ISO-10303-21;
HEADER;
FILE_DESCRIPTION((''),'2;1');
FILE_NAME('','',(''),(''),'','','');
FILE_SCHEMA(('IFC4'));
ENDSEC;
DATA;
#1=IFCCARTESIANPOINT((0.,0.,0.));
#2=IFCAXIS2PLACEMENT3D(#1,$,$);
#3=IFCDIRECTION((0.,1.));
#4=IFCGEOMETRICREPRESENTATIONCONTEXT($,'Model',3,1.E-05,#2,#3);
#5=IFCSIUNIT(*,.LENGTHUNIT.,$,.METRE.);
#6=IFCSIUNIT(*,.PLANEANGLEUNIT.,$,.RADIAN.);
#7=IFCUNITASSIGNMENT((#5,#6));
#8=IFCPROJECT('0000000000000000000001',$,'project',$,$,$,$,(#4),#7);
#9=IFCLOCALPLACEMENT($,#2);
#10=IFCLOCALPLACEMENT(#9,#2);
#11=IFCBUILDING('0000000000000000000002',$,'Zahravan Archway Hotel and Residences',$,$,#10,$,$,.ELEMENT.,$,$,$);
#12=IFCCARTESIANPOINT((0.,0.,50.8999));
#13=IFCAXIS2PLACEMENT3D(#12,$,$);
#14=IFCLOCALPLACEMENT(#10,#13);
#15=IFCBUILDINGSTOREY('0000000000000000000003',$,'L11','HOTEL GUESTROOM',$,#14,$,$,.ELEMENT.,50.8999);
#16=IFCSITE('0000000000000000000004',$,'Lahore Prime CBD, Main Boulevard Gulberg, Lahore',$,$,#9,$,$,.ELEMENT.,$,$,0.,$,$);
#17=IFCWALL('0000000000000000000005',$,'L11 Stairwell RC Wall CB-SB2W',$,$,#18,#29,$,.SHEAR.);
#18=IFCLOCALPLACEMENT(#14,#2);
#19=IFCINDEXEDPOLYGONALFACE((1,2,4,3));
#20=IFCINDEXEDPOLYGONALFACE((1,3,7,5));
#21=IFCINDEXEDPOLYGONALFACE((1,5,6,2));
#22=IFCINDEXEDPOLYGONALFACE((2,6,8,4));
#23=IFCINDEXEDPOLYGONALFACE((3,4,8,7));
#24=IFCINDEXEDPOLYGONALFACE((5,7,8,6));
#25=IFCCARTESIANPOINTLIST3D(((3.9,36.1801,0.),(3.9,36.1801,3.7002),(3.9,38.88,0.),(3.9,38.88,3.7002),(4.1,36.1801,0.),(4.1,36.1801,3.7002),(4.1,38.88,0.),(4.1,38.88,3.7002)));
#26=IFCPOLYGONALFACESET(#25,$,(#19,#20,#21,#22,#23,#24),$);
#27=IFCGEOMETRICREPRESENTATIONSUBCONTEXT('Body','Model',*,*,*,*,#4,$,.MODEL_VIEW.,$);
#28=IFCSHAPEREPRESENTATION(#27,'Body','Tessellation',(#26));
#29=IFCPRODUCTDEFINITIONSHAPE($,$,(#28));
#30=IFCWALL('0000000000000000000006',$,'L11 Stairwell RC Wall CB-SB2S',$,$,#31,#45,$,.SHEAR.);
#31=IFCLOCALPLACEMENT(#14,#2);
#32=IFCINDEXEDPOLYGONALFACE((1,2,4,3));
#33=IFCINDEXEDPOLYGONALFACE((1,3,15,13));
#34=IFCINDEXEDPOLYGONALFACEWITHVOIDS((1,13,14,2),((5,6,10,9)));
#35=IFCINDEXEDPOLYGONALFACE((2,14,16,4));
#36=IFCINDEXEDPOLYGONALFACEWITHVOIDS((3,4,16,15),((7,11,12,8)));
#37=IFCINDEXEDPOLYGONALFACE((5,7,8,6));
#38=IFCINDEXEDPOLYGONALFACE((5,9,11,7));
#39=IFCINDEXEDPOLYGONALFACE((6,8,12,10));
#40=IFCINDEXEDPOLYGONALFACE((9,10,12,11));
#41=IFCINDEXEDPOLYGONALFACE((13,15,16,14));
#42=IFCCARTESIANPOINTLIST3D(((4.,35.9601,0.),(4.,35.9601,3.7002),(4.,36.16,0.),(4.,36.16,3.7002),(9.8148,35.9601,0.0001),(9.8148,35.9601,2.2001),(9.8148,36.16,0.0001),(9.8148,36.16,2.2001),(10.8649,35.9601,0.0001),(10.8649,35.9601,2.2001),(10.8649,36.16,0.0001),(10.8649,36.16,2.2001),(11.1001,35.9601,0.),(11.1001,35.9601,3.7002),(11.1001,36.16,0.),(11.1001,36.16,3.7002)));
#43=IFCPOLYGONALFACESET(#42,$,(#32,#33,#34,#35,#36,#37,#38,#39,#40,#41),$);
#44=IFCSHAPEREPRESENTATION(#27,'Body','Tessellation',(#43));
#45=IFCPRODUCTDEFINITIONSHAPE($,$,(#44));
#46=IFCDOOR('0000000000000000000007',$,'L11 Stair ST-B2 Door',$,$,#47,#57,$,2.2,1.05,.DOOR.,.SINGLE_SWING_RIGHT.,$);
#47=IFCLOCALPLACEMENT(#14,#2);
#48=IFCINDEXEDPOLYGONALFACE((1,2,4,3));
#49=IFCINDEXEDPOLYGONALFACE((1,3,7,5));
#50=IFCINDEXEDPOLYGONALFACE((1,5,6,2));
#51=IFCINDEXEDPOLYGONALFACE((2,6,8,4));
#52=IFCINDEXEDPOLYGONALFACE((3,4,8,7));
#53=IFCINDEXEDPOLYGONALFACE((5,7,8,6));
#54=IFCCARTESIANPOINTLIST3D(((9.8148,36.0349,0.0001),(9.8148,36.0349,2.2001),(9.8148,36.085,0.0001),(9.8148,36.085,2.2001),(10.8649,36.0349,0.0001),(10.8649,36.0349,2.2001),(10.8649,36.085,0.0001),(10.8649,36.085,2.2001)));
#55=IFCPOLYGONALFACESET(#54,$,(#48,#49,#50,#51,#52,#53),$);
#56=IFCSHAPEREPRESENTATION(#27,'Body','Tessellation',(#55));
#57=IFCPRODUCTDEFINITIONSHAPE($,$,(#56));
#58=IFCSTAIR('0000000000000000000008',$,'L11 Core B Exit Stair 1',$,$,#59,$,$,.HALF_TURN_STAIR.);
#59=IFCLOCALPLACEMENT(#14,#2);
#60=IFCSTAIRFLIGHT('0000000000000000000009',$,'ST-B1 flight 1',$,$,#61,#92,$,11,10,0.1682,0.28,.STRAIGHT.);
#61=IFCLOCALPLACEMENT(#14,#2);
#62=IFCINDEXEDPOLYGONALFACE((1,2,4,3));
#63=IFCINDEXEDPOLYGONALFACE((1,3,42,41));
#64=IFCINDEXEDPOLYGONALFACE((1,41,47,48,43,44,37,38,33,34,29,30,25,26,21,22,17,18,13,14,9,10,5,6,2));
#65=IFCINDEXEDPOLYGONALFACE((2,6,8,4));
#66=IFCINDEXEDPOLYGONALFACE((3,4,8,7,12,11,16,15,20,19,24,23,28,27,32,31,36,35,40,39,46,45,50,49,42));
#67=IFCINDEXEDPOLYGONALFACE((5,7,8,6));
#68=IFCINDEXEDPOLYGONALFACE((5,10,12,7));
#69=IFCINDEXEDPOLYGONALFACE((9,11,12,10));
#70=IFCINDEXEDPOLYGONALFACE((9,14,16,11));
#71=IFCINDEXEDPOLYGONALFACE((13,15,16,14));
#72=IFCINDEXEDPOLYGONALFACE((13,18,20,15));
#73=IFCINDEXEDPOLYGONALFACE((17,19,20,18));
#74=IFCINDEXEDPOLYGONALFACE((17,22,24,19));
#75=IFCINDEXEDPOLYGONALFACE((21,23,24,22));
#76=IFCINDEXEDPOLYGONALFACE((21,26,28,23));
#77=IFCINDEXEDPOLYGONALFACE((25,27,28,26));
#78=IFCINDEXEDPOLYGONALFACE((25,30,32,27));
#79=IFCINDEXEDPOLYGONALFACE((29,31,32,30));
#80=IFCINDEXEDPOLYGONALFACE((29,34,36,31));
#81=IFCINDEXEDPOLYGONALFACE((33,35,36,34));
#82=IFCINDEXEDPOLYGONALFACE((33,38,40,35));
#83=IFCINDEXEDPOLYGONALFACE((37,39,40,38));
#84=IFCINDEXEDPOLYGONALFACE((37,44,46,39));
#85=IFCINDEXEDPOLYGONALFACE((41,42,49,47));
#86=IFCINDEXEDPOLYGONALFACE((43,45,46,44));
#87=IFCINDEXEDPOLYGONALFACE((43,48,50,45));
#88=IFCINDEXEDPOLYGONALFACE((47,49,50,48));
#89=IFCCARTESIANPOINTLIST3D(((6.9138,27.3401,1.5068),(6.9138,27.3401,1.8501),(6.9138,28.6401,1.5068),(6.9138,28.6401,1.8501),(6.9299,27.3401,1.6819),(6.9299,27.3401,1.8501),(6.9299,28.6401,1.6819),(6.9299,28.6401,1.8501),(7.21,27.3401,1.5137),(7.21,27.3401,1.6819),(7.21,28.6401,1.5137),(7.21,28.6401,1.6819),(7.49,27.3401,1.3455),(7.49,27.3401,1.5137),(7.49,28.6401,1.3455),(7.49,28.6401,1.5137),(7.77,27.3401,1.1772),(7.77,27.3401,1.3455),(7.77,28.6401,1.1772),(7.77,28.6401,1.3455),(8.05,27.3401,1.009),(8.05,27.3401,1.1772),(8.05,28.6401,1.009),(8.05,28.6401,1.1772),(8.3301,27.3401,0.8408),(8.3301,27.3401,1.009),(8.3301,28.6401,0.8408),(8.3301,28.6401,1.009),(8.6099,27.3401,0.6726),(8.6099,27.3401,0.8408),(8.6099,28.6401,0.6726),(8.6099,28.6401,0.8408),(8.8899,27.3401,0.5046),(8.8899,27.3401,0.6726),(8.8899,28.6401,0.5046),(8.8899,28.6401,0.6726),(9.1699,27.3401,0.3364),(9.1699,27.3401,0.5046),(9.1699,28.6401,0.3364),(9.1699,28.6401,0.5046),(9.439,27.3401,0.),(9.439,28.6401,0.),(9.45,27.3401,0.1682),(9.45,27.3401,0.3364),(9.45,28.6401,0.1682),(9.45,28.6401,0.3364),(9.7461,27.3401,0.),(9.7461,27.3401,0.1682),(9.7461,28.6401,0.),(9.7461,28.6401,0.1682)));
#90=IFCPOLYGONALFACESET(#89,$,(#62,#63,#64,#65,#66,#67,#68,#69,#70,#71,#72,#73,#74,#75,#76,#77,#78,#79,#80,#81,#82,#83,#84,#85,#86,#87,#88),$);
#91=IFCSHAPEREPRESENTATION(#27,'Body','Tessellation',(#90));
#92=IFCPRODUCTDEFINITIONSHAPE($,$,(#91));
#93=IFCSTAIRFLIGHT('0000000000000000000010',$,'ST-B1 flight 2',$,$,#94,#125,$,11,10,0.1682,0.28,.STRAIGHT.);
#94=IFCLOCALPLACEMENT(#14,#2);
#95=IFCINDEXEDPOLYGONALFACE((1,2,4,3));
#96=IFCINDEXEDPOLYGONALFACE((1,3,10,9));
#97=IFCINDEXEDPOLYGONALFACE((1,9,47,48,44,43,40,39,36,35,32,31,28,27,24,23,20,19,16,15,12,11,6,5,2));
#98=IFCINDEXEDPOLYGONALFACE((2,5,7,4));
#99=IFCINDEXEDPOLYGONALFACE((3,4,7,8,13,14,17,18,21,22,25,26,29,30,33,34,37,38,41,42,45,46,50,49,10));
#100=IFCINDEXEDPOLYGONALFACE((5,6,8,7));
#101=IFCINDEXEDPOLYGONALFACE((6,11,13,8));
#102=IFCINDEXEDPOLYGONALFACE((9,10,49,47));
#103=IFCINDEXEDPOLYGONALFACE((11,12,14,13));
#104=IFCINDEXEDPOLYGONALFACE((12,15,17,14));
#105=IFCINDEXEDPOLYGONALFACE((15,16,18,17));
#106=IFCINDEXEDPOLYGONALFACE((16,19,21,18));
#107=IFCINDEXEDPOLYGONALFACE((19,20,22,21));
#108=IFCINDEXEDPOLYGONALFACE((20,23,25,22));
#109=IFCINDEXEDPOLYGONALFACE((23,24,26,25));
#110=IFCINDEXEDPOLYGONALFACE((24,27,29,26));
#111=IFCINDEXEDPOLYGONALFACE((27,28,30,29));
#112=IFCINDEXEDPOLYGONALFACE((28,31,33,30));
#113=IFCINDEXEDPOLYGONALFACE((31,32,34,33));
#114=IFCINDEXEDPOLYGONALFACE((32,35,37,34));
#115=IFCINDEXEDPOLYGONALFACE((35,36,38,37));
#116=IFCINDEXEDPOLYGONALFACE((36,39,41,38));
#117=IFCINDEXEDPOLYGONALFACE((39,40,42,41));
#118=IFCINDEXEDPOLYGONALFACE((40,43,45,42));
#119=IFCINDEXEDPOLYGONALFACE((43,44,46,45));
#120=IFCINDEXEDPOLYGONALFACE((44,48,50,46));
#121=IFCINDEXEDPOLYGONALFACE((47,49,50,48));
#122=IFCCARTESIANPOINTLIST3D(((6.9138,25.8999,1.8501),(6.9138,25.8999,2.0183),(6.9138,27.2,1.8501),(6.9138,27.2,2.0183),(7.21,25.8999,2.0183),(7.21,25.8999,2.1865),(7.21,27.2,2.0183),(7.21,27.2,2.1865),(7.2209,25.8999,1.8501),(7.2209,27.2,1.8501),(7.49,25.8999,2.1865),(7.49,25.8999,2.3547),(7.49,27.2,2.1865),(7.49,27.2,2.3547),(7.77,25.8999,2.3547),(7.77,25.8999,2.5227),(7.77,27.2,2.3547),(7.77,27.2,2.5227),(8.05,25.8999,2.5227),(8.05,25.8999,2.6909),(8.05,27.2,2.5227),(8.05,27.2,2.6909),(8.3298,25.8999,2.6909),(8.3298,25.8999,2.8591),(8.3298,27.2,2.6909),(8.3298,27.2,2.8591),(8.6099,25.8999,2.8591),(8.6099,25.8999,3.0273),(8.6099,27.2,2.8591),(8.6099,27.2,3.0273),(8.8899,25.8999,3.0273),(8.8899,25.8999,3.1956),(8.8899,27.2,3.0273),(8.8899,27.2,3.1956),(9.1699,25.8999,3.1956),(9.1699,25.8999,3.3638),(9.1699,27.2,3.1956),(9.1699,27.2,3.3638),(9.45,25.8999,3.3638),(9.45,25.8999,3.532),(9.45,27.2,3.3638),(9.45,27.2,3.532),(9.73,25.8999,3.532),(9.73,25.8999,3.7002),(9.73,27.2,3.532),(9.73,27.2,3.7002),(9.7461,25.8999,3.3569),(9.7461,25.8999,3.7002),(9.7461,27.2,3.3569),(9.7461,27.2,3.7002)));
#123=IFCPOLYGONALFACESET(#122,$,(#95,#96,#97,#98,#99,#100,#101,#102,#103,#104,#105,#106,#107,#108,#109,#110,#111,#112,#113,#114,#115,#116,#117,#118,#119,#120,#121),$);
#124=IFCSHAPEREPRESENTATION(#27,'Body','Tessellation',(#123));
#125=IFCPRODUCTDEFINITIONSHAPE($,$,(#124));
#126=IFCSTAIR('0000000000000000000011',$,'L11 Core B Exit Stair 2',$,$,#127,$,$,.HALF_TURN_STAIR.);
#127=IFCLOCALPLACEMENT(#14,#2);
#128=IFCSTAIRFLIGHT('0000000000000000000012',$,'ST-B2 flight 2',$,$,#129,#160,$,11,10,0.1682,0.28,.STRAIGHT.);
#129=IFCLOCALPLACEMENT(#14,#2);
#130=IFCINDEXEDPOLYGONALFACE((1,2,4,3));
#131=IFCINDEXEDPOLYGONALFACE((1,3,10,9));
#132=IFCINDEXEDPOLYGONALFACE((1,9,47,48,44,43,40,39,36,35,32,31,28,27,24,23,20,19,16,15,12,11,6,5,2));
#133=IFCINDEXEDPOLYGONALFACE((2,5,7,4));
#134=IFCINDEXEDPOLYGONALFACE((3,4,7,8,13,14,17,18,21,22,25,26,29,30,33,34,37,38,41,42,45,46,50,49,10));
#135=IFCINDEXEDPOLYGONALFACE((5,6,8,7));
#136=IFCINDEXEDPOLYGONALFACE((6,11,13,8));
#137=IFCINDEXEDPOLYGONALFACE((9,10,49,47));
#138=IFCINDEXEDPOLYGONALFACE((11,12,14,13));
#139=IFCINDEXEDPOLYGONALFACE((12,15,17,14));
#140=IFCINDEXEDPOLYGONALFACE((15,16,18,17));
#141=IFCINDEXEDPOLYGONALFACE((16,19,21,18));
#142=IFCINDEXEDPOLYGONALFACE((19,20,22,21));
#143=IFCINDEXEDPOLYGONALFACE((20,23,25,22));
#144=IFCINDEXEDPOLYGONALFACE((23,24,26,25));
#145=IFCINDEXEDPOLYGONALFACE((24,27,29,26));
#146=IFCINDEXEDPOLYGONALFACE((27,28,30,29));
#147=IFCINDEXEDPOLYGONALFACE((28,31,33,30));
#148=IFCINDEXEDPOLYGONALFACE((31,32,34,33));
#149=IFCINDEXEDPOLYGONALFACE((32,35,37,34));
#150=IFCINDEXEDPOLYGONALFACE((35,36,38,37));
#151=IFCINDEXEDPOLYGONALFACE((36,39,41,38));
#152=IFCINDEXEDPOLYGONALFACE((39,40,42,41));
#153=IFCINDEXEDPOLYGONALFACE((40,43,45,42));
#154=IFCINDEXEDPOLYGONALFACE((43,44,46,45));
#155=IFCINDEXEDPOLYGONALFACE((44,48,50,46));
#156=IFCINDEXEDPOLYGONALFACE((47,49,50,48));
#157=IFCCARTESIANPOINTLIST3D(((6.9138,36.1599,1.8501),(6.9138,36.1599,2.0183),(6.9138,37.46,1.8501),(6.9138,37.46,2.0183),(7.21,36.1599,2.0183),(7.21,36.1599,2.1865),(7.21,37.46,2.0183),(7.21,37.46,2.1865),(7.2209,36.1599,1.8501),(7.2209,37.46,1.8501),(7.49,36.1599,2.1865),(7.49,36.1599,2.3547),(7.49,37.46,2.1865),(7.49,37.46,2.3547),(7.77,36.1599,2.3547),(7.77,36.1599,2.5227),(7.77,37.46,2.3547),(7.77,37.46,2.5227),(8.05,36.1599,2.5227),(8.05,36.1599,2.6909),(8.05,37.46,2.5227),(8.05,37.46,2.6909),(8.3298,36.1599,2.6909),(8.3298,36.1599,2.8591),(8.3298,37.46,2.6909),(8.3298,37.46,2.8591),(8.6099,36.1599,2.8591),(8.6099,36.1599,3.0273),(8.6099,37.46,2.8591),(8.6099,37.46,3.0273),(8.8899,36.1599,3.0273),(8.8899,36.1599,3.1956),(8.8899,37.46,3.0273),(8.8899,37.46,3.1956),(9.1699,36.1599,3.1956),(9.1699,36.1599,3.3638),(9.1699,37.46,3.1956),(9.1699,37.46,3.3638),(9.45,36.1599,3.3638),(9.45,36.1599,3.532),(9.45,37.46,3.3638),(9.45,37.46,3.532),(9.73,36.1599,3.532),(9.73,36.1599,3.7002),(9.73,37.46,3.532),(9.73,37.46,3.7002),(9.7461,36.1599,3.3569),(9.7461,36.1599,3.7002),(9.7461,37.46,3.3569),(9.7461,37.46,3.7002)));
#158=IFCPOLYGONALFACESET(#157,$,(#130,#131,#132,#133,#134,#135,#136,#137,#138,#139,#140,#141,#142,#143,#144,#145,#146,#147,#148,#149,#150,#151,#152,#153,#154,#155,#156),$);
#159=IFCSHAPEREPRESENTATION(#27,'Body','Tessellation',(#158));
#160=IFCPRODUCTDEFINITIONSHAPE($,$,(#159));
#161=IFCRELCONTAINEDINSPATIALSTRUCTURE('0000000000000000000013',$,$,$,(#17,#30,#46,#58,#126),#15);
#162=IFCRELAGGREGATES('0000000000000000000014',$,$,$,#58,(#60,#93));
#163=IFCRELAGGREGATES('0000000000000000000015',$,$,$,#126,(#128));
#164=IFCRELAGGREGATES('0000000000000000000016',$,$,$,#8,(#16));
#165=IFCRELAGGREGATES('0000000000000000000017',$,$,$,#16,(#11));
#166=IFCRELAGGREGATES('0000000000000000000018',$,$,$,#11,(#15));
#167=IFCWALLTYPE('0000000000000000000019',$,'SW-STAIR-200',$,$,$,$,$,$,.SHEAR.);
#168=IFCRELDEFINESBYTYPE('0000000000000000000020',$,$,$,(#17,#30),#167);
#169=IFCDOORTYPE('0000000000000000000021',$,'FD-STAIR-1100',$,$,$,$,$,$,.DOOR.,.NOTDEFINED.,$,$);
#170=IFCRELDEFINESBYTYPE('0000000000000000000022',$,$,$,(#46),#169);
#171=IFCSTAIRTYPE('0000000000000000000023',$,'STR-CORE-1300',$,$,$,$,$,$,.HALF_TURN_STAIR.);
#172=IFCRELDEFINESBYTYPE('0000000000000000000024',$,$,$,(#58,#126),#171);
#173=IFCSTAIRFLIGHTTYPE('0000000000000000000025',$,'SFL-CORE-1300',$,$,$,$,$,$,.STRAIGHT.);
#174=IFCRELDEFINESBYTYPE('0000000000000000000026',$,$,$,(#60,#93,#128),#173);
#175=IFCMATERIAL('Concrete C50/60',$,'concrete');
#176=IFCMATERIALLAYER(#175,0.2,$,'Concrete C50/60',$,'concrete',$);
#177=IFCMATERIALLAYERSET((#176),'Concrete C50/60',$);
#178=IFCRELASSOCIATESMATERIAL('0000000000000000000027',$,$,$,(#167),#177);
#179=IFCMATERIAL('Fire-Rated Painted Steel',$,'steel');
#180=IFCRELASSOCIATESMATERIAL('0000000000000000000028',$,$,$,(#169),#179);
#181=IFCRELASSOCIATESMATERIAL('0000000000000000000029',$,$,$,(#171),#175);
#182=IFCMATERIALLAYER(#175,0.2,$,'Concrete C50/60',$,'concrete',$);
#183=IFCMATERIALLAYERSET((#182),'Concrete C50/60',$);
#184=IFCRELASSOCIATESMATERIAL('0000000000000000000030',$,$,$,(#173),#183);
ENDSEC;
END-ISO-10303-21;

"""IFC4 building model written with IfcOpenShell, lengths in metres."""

from ifc_helpers import new_model, si_unit, direction, frame, frame_2d, origin, place, context, subcontext, project, spatial, polyline, rectangle, outline, extrude, source, transform, mapped, material, layer, layer_set, type_object, type_shapes, element, fill, aggregate, save


model = new_model("IFC4")

# Units and contexts
model_context = context("Model", 3, precision=1e-05, world=origin(), true_north=direction((0.0, 1.0)))
body_context = subcontext(model_context, "Body", "Model", "MODEL_VIEW")
ifc_project = project(units=[si_unit("LENGTHUNIT", "METRE"), si_unit("PLANEANGLEUNIT", "RADIAN")], contexts=[model_context])

# Site, building, storey
site_placement = place(None, origin())
site = spatial("IfcSite", under=ifc_project, at=site_placement, Name="Lahore Prime CBD, Main Boulevard Gulberg, Lahore", CompositionType="ELEMENT", RefElevation=0.0)
building_placement = place(site_placement, origin())
building = spatial("IfcBuilding", under=site, at=building_placement, Name="Zahravan Archway Hotel and Residences", CompositionType="ELEMENT")
storey_placement = place(building_placement, frame((0.0, 0.0, 50.8999)))
storey = spatial("IfcBuildingStorey", under=building, at=storey_placement, Name="L11", Description="HOTEL GUESTROOM", CompositionType="ELEMENT", Elevation=50.8999)

# Shared definitions
ifc_material_1 = material(Name="Fire-Rated Painted Steel", Category="steel")

# Shared definitions
ifc_material_2 = material(Name="Concrete C50/60", Category="concrete")
ifc_layer_1 = layer(ifc_material_2, 0.2, Name="Concrete C50/60", Category="concrete")
ifc_layer_set_1 = layer_set([ifc_layer_1], Name="Concrete C50/60")
wall_type_1 = type_object("IfcWallType", Name="SW-STAIR-200", PredefinedType="SHEAR", material=ifc_layer_set_1)
door_type_1 = type_object("IfcDoorType", Name="FD-STAIR-1100", OperationType="NOTDEFINED", PredefinedType="DOOR", material=ifc_material_1)
shared_shape_1 = source(origin(), body_context, "Body", "SweptSolid", [
    extrude(rectangle(XDim=1.05, YDim=2.2, at=frame_2d((0.5249, 1.1001))), frame((0.0, 0.0249, 0.0), z_axis=(0.0, -1.0, 0.0), x_axis=(1.0, 0.0, 0.0)), (0.0, 0.0, 1.0), 0.05),
])
type_shapes(door_type_1, [shared_shape_1])

# Wall
wall_1_placement = place(storey_placement, frame((4.0, 36.1799, 0.0), z_axis=(0.0, 0.0, 1.0), x_axis=(0.0, 1.0, 0.0)))
element("IfcWall", 1, at=wall_1_placement, inside=storey, type_object=wall_type_1, Name="L11 Stairwell RC Wall CB-SB2W", PredefinedType="SHEAR", context=body_context, shape_type="SweptSolid", body=[
    extrude(rectangle(XDim=2.7, YDim=0.2, at=frame_2d((1.3501, 0.0))), origin(), (0.0, 0.0, 1.0), 3.7002),
])

# Wall, opening, door
wall_2_placement = place(storey_placement, frame((4.0, 36.0601, 0.0), z_axis=(0.0, 0.0, 1.0), x_axis=(1.0, 0.0, 0.0)))
wall_2 = element("IfcWall", 2, at=wall_2_placement, inside=storey, type_object=wall_type_1, Name="L11 Stairwell RC Wall CB-SB2S", PredefinedType="SHEAR", context=body_context, shape_type="SweptSolid", body=[
    extrude(rectangle(XDim=7.1001, YDim=0.2, at=frame_2d((3.55, 0.0))), origin(), (0.0, 0.0, 1.0), 3.7002),
])
opening_1_placement = place(wall_2_placement, frame((5.8149, 0.0, 0.0)))
opening_1 = element("IfcOpeningElement", 3, at=opening_1_placement, cuts=wall_2, PredefinedType="OPENING", context=body_context, shape_type="SweptSolid", body=[
    extrude(rectangle(XDim=1.05, YDim=2.2, at=frame_2d((0.5249, 1.1001))), frame((0.0, 0.1099, 0.0), z_axis=(0.0, -1.0, 0.0), x_axis=(1.0, 0.0, 0.0)), (0.0, 0.0, 1.0), 0.22),
])
door_1_placement = place(opening_1_placement, origin())
door_1 = element("IfcDoor", 4, at=door_1_placement, inside=storey, type_object=door_type_1, Name="L11 Stair ST-B2 Door", OperationType="SINGLE_SWING_RIGHT", OverallHeight=2.2, OverallWidth=1.05, PredefinedType="DOOR", context=body_context, shape_type="MappedRepresentation", body=[
    mapped(shared_shape_1, transform((0.0, 0.0, 0.0), scale=1.0)),
])
fill(opening_1, door_1)

# Stair, stair flights
stair_type = type_object("IfcStairType", Name="STR-CORE-1300", PredefinedType="HALF_TURN_STAIR", material=ifc_material_2)
stair_1_placement = place(storey_placement, origin())
stair_1 = element("IfcStair", 5, at=stair_1_placement, inside=storey, type_object=stair_type, Name="L11 Core B Exit Stair 1", PredefinedType="HALF_TURN_STAIR")
ifc_layer_2 = layer(ifc_material_2, 0.2, Name="Concrete C50/60", Category="concrete")
ifc_layer_set_2 = layer_set([ifc_layer_2], Name="Concrete C50/60")
stair_flight_type = type_object("IfcStairFlightType", Name="SFL-CORE-1300", PredefinedType="STRAIGHT", material=ifc_layer_set_2)
shared_shape_2 = source(origin(), body_context, "Body", "SweptSolid", [
    extrude(outline(polyline([(-0.0161, 0.0), (-0.0161, 0.1682), (0.28, 0.1682), (0.28, 0.3364), (0.5601, 0.3364), (0.5601, 0.5046), (0.8401, 0.5046), (0.8401, 0.6726), (1.1201, 0.6726), (1.1201, 0.8408), (1.3999, 0.8408), (1.3999, 1.009), (1.6799, 1.009), (1.6799, 1.1772), (1.96, 1.1772), (1.96, 1.3455), (2.24, 1.3455), (2.24, 1.5137), (2.52, 1.5137), (2.52, 1.6819), (2.8, 1.6819), (2.8, 1.8501), (2.8162, 1.8501), (2.8162, 1.5068), (0.291, 0.0), (-0.0161, 0.0)])), frame((0.0, 0.6499, 0.0), z_axis=(0.0, -1.0, 0.0), x_axis=(1.0, 0.0, 0.0)), (0.0, 0.0, 1.0), 1.3),
])
stair_flight_1_placement = place(storey_placement, frame((9.73, 27.99, 0.0), z_axis=(0.0, 0.0, 1.0), x_axis=(-1.0, 0.0, 0.0)))
stair_flight_1 = element("IfcStairFlight", 6, at=stair_flight_1_placement, type_object=stair_flight_type, Name="ST-B1 flight 1", NumberOfRisers=11, NumberOfTreads=10, PredefinedType="STRAIGHT", RiserHeight=0.1682, TreadLength=0.28, context=body_context, shape_type="MappedRepresentation", body=[
    mapped(shared_shape_2, transform((0.0, 0.0, 0.0), scale=1.0)),
])
stair_flight_2_placement = place(storey_placement, frame((6.9299, 26.55, 1.8501), z_axis=(0.0, 0.0, 1.0), x_axis=(1.0, 0.0, 0.0)))
stair_flight_2 = element("IfcStairFlight", 7, at=stair_flight_2_placement, type_object=stair_flight_type, Name="ST-B1 flight 2", NumberOfRisers=11, NumberOfTreads=10, PredefinedType="STRAIGHT", RiserHeight=0.1682, TreadLength=0.28, context=body_context, shape_type="MappedRepresentation", body=[
    mapped(shared_shape_2, transform((0.0, 0.0, 0.0), scale=1.0)),
])
aggregate(stair_1, [stair_flight_1, stair_flight_2])

# Stair, stair flight
stair_2_placement = place(storey_placement, origin())
stair_2 = element("IfcStair", 8, at=stair_2_placement, inside=storey, type_object=stair_type, Name="L11 Core B Exit Stair 2", PredefinedType="HALF_TURN_STAIR")
stair_flight_3_placement = place(storey_placement, frame((6.9299, 36.8101, 1.8501), z_axis=(0.0, 0.0, 1.0), x_axis=(1.0, 0.0, 0.0)))
stair_flight_3 = element("IfcStairFlight", 9, at=stair_flight_3_placement, type_object=stair_flight_type, Name="ST-B2 flight 2", NumberOfRisers=11, NumberOfTreads=10, PredefinedType="STRAIGHT", RiserHeight=0.1682, TreadLength=0.28, context=body_context, shape_type="MappedRepresentation", body=[
    mapped(shared_shape_2, transform((0.0, 0.0, 0.0), scale=1.0)),
])
aggregate(stair_2, [stair_flight_3])

save(model, "model.ifc")
